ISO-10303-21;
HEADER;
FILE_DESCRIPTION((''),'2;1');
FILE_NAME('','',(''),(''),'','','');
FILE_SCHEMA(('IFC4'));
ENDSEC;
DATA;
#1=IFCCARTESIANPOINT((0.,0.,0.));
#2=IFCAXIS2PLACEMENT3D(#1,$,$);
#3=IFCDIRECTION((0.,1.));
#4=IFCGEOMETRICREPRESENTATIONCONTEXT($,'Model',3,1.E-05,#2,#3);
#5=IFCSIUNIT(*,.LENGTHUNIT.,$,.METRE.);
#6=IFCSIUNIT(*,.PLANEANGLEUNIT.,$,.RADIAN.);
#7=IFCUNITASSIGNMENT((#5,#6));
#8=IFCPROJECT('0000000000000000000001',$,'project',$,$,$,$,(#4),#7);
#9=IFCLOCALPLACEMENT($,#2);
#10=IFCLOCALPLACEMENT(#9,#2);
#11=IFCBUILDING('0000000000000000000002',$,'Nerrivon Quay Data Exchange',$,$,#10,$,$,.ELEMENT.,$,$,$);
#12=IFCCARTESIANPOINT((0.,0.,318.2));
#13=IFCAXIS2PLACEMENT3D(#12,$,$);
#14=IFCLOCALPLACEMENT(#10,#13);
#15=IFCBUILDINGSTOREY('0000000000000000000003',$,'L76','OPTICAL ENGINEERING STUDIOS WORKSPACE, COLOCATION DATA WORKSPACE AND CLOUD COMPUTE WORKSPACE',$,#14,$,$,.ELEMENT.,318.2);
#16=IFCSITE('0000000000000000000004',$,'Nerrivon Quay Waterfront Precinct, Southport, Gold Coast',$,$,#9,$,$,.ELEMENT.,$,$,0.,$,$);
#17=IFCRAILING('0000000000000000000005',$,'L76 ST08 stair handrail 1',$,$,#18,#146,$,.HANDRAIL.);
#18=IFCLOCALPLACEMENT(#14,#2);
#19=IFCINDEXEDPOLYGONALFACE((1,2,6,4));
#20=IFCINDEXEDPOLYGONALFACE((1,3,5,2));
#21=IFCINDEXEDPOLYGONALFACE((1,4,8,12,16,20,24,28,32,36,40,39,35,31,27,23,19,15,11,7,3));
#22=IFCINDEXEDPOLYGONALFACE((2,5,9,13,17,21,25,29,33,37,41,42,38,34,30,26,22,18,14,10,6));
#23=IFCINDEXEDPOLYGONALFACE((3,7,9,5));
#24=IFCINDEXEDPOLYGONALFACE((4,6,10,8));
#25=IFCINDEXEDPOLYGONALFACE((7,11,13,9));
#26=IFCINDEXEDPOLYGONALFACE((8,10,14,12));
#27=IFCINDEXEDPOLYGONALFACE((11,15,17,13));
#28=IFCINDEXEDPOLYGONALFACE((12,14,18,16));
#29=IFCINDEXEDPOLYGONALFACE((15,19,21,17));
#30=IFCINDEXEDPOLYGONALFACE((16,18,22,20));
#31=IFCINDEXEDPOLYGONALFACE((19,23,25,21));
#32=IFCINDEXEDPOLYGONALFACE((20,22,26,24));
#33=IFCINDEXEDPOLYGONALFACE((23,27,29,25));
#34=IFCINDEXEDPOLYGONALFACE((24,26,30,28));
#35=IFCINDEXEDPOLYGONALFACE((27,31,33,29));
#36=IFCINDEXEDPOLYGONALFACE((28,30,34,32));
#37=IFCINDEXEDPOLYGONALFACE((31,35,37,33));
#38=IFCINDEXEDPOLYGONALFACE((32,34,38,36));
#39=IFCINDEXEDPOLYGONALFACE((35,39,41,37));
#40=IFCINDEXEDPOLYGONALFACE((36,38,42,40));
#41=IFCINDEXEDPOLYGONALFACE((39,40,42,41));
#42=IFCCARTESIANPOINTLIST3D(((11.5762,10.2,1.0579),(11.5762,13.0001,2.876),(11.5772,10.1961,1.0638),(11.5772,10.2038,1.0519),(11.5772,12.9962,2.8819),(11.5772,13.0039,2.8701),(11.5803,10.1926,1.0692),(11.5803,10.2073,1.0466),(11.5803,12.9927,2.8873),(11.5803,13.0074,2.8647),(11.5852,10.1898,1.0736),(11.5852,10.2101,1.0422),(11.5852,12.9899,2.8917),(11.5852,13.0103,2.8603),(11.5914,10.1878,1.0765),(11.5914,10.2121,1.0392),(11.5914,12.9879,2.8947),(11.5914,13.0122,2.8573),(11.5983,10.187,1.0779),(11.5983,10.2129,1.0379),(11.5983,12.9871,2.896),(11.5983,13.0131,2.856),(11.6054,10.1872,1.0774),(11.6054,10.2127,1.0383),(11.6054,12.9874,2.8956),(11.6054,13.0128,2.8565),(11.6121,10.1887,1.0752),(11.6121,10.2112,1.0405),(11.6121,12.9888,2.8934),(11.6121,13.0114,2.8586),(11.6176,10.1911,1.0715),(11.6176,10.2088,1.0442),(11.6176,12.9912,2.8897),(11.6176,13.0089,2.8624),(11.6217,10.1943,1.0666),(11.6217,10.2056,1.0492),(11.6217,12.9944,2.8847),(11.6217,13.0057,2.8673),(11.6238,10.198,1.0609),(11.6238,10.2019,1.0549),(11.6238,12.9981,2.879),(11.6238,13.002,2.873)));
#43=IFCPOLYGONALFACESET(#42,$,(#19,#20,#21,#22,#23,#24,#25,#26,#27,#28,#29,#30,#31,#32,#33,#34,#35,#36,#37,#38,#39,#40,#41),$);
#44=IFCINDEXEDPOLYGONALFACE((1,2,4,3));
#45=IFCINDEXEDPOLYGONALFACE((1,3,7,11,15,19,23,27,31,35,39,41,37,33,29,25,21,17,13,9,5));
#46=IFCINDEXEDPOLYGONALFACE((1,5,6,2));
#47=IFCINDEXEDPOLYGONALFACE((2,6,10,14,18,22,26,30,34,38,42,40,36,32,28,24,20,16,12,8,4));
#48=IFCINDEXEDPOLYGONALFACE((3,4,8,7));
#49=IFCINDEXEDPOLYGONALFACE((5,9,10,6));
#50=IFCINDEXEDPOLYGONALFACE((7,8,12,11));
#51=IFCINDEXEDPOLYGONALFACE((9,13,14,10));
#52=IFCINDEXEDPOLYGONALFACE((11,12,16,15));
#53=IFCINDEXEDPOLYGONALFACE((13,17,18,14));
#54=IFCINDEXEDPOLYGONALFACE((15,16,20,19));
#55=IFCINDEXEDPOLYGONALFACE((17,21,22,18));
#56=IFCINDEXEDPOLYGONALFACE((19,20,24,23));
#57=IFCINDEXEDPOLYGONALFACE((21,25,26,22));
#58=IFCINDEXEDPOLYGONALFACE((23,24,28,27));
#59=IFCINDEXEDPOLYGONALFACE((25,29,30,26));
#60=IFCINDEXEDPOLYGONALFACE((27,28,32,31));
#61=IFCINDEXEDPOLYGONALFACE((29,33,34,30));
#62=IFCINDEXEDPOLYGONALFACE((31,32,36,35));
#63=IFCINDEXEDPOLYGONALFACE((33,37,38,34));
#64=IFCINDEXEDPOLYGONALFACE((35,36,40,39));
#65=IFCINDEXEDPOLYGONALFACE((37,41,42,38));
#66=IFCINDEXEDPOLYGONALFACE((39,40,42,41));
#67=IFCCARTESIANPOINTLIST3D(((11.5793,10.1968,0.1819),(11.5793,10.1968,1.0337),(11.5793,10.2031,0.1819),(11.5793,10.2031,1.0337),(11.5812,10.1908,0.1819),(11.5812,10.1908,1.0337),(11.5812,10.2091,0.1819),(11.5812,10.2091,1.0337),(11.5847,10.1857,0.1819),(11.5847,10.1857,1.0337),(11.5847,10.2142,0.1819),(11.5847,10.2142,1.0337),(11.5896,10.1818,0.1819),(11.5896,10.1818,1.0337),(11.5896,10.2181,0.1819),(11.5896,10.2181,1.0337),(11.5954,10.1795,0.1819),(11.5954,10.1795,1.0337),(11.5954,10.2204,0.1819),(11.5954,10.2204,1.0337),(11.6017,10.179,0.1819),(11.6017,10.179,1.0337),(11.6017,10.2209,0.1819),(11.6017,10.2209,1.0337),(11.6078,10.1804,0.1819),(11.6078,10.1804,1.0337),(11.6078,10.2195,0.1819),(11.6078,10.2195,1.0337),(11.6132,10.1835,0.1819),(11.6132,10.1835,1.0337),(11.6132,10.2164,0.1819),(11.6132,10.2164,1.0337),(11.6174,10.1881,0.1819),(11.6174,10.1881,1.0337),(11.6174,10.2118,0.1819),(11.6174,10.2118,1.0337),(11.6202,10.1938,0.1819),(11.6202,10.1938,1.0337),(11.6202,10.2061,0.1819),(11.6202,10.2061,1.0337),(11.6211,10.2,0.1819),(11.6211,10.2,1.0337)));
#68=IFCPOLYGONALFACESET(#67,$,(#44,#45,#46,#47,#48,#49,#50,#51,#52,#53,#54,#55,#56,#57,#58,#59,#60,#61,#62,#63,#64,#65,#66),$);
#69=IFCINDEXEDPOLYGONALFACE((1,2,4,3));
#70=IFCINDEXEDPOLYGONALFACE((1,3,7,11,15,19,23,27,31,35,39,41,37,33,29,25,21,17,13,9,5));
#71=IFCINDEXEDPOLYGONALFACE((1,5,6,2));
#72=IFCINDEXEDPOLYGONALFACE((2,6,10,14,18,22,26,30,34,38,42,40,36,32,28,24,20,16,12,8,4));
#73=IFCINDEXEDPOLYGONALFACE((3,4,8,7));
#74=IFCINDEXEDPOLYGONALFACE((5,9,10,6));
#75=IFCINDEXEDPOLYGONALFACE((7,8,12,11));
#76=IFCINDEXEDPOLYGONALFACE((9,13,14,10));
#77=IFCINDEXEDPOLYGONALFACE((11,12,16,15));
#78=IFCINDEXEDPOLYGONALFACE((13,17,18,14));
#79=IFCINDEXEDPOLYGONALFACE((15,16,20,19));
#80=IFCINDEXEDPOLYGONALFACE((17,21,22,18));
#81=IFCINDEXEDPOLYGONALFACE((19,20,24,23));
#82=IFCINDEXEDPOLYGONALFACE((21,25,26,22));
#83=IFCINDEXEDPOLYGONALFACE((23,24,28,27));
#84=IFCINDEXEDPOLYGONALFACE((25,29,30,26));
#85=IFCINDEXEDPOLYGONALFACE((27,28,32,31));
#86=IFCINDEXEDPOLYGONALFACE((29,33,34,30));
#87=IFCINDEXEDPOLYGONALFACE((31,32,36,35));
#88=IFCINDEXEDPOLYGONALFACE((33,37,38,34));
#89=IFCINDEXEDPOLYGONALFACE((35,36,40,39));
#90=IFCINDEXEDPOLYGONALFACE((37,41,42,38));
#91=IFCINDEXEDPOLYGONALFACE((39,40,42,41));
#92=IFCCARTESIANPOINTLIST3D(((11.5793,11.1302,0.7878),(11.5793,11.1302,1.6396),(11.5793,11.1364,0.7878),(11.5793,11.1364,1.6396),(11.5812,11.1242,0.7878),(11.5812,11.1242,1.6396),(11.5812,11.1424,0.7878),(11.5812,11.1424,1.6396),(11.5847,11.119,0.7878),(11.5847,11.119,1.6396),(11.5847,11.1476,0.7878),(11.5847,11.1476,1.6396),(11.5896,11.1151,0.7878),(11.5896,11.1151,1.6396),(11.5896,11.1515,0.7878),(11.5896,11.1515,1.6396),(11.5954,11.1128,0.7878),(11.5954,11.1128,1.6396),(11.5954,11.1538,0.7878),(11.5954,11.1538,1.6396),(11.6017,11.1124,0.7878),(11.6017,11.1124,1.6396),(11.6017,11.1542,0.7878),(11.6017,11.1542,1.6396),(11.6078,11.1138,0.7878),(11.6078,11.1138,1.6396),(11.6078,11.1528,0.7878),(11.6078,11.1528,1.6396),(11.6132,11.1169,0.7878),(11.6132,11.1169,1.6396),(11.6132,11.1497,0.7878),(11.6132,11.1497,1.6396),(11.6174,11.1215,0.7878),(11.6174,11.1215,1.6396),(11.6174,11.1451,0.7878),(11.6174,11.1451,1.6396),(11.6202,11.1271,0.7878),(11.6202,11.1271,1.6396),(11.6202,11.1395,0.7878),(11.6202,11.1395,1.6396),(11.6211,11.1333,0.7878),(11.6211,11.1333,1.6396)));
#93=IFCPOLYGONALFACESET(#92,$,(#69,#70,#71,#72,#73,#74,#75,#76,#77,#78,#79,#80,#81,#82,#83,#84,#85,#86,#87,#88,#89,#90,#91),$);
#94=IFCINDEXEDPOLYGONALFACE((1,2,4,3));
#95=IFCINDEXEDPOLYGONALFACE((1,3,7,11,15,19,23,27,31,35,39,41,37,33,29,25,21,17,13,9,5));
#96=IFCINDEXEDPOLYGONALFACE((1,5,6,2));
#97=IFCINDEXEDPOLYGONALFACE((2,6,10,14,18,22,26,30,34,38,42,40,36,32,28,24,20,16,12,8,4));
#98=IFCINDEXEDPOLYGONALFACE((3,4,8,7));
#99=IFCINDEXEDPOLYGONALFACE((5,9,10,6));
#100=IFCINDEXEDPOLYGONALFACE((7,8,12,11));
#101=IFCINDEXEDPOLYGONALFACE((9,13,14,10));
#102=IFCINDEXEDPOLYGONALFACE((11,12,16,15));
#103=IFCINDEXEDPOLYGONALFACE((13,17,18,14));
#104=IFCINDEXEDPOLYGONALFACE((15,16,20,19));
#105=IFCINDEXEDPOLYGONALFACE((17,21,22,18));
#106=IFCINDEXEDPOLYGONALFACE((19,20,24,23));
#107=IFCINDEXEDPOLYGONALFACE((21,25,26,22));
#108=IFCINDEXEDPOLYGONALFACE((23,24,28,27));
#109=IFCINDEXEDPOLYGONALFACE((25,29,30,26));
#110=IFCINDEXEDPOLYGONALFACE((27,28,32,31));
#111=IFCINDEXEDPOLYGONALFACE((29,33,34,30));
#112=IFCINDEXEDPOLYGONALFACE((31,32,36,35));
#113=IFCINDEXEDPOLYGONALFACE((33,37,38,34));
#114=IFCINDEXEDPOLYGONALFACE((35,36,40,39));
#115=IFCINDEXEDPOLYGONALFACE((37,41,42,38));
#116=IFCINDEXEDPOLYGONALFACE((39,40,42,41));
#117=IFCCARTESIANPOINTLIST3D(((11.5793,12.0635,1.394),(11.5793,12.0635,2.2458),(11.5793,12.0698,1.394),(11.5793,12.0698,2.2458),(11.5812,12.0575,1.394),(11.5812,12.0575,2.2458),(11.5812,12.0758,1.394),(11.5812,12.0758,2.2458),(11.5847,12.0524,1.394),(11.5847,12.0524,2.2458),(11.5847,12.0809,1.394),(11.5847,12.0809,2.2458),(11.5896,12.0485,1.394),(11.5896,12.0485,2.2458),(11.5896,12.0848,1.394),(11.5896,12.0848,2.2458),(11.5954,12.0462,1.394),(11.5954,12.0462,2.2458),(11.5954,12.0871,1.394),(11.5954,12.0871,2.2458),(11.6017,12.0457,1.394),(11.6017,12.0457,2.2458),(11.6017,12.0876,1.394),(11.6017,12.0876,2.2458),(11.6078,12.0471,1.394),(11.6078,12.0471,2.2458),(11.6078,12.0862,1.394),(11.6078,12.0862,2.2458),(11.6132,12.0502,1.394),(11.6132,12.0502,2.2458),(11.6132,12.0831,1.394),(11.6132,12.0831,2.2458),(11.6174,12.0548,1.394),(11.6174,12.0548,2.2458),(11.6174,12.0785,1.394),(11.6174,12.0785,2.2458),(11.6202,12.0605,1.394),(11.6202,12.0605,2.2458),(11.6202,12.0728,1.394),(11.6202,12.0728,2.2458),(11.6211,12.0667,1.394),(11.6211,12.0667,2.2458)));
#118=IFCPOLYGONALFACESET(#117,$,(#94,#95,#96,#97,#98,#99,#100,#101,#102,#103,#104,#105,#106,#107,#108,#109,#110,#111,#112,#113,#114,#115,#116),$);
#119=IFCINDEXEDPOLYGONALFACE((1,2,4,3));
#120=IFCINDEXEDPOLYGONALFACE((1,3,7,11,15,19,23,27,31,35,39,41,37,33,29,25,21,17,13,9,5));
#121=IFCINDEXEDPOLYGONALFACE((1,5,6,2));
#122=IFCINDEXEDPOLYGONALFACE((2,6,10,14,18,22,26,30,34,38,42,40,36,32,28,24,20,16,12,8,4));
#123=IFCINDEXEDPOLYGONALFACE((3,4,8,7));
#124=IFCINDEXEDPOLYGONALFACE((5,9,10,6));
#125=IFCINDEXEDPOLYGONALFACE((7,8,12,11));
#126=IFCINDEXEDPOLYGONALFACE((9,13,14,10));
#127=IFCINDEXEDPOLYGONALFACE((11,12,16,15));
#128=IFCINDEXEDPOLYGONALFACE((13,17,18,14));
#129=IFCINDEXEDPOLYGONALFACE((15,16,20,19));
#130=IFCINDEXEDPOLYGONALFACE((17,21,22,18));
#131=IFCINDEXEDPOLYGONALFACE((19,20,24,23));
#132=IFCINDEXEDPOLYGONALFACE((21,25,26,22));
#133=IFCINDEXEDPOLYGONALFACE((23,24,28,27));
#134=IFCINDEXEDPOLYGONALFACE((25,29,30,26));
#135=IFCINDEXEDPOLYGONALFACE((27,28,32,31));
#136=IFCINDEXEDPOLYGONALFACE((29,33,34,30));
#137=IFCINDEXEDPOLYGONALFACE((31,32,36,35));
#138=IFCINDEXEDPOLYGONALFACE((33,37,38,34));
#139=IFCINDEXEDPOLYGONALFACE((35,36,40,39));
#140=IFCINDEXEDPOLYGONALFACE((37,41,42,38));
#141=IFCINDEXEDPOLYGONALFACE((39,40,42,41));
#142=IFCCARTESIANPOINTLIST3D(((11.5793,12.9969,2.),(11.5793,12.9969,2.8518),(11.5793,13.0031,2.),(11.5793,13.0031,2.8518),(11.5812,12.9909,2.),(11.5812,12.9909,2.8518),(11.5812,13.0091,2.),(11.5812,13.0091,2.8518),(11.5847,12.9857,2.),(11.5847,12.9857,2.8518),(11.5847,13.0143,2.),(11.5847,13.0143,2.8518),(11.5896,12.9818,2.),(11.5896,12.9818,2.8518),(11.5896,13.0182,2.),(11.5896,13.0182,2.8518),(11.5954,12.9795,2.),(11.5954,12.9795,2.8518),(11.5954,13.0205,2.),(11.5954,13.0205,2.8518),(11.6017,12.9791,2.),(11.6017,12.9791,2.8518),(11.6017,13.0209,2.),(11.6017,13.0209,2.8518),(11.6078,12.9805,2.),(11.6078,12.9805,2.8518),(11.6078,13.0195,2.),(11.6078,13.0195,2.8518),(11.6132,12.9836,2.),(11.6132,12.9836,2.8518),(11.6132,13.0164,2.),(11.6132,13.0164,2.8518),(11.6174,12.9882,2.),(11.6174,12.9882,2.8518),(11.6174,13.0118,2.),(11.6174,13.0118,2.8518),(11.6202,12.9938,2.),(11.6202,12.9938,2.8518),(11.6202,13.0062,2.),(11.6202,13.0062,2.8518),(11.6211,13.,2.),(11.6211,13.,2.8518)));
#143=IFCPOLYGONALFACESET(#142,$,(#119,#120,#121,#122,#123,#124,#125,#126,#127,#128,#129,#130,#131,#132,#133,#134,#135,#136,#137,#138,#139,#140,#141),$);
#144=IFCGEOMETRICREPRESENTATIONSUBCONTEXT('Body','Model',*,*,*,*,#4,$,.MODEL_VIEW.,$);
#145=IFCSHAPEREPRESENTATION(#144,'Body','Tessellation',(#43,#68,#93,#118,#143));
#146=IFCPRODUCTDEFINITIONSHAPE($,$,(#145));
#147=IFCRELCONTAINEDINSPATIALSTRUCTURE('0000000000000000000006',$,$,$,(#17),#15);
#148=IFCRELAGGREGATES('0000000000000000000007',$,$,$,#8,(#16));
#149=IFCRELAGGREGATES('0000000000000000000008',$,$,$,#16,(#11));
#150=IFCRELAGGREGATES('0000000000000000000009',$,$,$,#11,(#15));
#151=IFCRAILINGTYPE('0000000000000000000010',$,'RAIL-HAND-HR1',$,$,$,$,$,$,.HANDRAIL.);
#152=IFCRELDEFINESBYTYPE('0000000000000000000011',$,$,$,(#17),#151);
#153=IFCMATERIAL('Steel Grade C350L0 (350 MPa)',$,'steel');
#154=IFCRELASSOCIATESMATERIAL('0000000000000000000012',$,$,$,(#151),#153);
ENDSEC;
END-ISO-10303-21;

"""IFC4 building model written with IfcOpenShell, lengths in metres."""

from ifc_helpers import new_model, si_unit, direction, frame, origin, origin_2d, place, context, subcontext, project, spatial, circle, extrude, material, type_object, element, save


model = new_model("IFC4")

# Units and contexts
model_context = context("Model", 3, precision=1e-05, world=origin(), true_north=direction((0.0, 1.0)))
body_context = subcontext(model_context, "Body", "Model", "MODEL_VIEW")
ifc_project = project(units=[si_unit("LENGTHUNIT", "METRE"), si_unit("PLANEANGLEUNIT", "RADIAN")], contexts=[model_context])

# Site, building, storey
site_placement = place(None, origin())
site = spatial("IfcSite", under=ifc_project, at=site_placement, Name="Nerrivon Quay Waterfront Precinct, Southport, Gold Coast", CompositionType="ELEMENT", RefElevation=0.0)
building_placement = place(site_placement, origin())
building = spatial("IfcBuilding", under=site, at=building_placement, Name="Nerrivon Quay Data Exchange", CompositionType="ELEMENT")
storey_placement = place(building_placement, frame((0.0, 0.0, 318.2)))
storey = spatial("IfcBuildingStorey", under=building, at=storey_placement, Name="L76", Description="OPTICAL ENGINEERING STUDIOS WORKSPACE, COLOCATION DATA WORKSPACE AND CLOUD COMPUTE WORKSPACE", CompositionType="ELEMENT", Elevation=318.2)

# Railing
ifc_material_1 = material(Name="Steel Grade C350L0 (350 MPa)", Category="steel")
railing_type_1 = type_object("IfcRailingType", Name="RAIL-HAND-HR1", PredefinedType="HANDRAIL", material=ifc_material_1)
railing_1_placement = place(storey_placement, frame((11.6001, 10.2, 0.1819)))
element("IfcRailing", 1, at=railing_1_placement, inside=storey, type_object=railing_type_1, Name="L76 ST08 stair handrail 1", PredefinedType="HANDRAIL", context=body_context, shape_type="SweptSolid", body=[
    extrude(circle(Radius=0.0239, at=origin_2d()), frame((0.0, 0.0, 0.876), z_axis=(0.0, 0.838706, 0.544585), x_axis=(-1.0, 0.0, 0.0)), (0.0, 0.0, 1.0), 3.3386),
    extrude(circle(Radius=0.021, at=origin_2d()), origin(), (0.0, 0.0, 1.0), 0.8518),
    extrude(circle(Radius=0.021, at=origin_2d()), frame((0.0, 0.9333, 0.606)), (0.0, 0.0, 1.0), 0.8518),
    extrude(circle(Radius=0.021, at=origin_2d()), frame((0.0, 1.8667, 1.2122)), (0.0, 0.0, 1.0), 0.8518),
    extrude(circle(Radius=0.021, at=origin_2d()), frame((0.0, 2.8, 1.8181)), (0.0, 0.0, 1.0), 0.8518),
])

save(model, "model.ifc")
